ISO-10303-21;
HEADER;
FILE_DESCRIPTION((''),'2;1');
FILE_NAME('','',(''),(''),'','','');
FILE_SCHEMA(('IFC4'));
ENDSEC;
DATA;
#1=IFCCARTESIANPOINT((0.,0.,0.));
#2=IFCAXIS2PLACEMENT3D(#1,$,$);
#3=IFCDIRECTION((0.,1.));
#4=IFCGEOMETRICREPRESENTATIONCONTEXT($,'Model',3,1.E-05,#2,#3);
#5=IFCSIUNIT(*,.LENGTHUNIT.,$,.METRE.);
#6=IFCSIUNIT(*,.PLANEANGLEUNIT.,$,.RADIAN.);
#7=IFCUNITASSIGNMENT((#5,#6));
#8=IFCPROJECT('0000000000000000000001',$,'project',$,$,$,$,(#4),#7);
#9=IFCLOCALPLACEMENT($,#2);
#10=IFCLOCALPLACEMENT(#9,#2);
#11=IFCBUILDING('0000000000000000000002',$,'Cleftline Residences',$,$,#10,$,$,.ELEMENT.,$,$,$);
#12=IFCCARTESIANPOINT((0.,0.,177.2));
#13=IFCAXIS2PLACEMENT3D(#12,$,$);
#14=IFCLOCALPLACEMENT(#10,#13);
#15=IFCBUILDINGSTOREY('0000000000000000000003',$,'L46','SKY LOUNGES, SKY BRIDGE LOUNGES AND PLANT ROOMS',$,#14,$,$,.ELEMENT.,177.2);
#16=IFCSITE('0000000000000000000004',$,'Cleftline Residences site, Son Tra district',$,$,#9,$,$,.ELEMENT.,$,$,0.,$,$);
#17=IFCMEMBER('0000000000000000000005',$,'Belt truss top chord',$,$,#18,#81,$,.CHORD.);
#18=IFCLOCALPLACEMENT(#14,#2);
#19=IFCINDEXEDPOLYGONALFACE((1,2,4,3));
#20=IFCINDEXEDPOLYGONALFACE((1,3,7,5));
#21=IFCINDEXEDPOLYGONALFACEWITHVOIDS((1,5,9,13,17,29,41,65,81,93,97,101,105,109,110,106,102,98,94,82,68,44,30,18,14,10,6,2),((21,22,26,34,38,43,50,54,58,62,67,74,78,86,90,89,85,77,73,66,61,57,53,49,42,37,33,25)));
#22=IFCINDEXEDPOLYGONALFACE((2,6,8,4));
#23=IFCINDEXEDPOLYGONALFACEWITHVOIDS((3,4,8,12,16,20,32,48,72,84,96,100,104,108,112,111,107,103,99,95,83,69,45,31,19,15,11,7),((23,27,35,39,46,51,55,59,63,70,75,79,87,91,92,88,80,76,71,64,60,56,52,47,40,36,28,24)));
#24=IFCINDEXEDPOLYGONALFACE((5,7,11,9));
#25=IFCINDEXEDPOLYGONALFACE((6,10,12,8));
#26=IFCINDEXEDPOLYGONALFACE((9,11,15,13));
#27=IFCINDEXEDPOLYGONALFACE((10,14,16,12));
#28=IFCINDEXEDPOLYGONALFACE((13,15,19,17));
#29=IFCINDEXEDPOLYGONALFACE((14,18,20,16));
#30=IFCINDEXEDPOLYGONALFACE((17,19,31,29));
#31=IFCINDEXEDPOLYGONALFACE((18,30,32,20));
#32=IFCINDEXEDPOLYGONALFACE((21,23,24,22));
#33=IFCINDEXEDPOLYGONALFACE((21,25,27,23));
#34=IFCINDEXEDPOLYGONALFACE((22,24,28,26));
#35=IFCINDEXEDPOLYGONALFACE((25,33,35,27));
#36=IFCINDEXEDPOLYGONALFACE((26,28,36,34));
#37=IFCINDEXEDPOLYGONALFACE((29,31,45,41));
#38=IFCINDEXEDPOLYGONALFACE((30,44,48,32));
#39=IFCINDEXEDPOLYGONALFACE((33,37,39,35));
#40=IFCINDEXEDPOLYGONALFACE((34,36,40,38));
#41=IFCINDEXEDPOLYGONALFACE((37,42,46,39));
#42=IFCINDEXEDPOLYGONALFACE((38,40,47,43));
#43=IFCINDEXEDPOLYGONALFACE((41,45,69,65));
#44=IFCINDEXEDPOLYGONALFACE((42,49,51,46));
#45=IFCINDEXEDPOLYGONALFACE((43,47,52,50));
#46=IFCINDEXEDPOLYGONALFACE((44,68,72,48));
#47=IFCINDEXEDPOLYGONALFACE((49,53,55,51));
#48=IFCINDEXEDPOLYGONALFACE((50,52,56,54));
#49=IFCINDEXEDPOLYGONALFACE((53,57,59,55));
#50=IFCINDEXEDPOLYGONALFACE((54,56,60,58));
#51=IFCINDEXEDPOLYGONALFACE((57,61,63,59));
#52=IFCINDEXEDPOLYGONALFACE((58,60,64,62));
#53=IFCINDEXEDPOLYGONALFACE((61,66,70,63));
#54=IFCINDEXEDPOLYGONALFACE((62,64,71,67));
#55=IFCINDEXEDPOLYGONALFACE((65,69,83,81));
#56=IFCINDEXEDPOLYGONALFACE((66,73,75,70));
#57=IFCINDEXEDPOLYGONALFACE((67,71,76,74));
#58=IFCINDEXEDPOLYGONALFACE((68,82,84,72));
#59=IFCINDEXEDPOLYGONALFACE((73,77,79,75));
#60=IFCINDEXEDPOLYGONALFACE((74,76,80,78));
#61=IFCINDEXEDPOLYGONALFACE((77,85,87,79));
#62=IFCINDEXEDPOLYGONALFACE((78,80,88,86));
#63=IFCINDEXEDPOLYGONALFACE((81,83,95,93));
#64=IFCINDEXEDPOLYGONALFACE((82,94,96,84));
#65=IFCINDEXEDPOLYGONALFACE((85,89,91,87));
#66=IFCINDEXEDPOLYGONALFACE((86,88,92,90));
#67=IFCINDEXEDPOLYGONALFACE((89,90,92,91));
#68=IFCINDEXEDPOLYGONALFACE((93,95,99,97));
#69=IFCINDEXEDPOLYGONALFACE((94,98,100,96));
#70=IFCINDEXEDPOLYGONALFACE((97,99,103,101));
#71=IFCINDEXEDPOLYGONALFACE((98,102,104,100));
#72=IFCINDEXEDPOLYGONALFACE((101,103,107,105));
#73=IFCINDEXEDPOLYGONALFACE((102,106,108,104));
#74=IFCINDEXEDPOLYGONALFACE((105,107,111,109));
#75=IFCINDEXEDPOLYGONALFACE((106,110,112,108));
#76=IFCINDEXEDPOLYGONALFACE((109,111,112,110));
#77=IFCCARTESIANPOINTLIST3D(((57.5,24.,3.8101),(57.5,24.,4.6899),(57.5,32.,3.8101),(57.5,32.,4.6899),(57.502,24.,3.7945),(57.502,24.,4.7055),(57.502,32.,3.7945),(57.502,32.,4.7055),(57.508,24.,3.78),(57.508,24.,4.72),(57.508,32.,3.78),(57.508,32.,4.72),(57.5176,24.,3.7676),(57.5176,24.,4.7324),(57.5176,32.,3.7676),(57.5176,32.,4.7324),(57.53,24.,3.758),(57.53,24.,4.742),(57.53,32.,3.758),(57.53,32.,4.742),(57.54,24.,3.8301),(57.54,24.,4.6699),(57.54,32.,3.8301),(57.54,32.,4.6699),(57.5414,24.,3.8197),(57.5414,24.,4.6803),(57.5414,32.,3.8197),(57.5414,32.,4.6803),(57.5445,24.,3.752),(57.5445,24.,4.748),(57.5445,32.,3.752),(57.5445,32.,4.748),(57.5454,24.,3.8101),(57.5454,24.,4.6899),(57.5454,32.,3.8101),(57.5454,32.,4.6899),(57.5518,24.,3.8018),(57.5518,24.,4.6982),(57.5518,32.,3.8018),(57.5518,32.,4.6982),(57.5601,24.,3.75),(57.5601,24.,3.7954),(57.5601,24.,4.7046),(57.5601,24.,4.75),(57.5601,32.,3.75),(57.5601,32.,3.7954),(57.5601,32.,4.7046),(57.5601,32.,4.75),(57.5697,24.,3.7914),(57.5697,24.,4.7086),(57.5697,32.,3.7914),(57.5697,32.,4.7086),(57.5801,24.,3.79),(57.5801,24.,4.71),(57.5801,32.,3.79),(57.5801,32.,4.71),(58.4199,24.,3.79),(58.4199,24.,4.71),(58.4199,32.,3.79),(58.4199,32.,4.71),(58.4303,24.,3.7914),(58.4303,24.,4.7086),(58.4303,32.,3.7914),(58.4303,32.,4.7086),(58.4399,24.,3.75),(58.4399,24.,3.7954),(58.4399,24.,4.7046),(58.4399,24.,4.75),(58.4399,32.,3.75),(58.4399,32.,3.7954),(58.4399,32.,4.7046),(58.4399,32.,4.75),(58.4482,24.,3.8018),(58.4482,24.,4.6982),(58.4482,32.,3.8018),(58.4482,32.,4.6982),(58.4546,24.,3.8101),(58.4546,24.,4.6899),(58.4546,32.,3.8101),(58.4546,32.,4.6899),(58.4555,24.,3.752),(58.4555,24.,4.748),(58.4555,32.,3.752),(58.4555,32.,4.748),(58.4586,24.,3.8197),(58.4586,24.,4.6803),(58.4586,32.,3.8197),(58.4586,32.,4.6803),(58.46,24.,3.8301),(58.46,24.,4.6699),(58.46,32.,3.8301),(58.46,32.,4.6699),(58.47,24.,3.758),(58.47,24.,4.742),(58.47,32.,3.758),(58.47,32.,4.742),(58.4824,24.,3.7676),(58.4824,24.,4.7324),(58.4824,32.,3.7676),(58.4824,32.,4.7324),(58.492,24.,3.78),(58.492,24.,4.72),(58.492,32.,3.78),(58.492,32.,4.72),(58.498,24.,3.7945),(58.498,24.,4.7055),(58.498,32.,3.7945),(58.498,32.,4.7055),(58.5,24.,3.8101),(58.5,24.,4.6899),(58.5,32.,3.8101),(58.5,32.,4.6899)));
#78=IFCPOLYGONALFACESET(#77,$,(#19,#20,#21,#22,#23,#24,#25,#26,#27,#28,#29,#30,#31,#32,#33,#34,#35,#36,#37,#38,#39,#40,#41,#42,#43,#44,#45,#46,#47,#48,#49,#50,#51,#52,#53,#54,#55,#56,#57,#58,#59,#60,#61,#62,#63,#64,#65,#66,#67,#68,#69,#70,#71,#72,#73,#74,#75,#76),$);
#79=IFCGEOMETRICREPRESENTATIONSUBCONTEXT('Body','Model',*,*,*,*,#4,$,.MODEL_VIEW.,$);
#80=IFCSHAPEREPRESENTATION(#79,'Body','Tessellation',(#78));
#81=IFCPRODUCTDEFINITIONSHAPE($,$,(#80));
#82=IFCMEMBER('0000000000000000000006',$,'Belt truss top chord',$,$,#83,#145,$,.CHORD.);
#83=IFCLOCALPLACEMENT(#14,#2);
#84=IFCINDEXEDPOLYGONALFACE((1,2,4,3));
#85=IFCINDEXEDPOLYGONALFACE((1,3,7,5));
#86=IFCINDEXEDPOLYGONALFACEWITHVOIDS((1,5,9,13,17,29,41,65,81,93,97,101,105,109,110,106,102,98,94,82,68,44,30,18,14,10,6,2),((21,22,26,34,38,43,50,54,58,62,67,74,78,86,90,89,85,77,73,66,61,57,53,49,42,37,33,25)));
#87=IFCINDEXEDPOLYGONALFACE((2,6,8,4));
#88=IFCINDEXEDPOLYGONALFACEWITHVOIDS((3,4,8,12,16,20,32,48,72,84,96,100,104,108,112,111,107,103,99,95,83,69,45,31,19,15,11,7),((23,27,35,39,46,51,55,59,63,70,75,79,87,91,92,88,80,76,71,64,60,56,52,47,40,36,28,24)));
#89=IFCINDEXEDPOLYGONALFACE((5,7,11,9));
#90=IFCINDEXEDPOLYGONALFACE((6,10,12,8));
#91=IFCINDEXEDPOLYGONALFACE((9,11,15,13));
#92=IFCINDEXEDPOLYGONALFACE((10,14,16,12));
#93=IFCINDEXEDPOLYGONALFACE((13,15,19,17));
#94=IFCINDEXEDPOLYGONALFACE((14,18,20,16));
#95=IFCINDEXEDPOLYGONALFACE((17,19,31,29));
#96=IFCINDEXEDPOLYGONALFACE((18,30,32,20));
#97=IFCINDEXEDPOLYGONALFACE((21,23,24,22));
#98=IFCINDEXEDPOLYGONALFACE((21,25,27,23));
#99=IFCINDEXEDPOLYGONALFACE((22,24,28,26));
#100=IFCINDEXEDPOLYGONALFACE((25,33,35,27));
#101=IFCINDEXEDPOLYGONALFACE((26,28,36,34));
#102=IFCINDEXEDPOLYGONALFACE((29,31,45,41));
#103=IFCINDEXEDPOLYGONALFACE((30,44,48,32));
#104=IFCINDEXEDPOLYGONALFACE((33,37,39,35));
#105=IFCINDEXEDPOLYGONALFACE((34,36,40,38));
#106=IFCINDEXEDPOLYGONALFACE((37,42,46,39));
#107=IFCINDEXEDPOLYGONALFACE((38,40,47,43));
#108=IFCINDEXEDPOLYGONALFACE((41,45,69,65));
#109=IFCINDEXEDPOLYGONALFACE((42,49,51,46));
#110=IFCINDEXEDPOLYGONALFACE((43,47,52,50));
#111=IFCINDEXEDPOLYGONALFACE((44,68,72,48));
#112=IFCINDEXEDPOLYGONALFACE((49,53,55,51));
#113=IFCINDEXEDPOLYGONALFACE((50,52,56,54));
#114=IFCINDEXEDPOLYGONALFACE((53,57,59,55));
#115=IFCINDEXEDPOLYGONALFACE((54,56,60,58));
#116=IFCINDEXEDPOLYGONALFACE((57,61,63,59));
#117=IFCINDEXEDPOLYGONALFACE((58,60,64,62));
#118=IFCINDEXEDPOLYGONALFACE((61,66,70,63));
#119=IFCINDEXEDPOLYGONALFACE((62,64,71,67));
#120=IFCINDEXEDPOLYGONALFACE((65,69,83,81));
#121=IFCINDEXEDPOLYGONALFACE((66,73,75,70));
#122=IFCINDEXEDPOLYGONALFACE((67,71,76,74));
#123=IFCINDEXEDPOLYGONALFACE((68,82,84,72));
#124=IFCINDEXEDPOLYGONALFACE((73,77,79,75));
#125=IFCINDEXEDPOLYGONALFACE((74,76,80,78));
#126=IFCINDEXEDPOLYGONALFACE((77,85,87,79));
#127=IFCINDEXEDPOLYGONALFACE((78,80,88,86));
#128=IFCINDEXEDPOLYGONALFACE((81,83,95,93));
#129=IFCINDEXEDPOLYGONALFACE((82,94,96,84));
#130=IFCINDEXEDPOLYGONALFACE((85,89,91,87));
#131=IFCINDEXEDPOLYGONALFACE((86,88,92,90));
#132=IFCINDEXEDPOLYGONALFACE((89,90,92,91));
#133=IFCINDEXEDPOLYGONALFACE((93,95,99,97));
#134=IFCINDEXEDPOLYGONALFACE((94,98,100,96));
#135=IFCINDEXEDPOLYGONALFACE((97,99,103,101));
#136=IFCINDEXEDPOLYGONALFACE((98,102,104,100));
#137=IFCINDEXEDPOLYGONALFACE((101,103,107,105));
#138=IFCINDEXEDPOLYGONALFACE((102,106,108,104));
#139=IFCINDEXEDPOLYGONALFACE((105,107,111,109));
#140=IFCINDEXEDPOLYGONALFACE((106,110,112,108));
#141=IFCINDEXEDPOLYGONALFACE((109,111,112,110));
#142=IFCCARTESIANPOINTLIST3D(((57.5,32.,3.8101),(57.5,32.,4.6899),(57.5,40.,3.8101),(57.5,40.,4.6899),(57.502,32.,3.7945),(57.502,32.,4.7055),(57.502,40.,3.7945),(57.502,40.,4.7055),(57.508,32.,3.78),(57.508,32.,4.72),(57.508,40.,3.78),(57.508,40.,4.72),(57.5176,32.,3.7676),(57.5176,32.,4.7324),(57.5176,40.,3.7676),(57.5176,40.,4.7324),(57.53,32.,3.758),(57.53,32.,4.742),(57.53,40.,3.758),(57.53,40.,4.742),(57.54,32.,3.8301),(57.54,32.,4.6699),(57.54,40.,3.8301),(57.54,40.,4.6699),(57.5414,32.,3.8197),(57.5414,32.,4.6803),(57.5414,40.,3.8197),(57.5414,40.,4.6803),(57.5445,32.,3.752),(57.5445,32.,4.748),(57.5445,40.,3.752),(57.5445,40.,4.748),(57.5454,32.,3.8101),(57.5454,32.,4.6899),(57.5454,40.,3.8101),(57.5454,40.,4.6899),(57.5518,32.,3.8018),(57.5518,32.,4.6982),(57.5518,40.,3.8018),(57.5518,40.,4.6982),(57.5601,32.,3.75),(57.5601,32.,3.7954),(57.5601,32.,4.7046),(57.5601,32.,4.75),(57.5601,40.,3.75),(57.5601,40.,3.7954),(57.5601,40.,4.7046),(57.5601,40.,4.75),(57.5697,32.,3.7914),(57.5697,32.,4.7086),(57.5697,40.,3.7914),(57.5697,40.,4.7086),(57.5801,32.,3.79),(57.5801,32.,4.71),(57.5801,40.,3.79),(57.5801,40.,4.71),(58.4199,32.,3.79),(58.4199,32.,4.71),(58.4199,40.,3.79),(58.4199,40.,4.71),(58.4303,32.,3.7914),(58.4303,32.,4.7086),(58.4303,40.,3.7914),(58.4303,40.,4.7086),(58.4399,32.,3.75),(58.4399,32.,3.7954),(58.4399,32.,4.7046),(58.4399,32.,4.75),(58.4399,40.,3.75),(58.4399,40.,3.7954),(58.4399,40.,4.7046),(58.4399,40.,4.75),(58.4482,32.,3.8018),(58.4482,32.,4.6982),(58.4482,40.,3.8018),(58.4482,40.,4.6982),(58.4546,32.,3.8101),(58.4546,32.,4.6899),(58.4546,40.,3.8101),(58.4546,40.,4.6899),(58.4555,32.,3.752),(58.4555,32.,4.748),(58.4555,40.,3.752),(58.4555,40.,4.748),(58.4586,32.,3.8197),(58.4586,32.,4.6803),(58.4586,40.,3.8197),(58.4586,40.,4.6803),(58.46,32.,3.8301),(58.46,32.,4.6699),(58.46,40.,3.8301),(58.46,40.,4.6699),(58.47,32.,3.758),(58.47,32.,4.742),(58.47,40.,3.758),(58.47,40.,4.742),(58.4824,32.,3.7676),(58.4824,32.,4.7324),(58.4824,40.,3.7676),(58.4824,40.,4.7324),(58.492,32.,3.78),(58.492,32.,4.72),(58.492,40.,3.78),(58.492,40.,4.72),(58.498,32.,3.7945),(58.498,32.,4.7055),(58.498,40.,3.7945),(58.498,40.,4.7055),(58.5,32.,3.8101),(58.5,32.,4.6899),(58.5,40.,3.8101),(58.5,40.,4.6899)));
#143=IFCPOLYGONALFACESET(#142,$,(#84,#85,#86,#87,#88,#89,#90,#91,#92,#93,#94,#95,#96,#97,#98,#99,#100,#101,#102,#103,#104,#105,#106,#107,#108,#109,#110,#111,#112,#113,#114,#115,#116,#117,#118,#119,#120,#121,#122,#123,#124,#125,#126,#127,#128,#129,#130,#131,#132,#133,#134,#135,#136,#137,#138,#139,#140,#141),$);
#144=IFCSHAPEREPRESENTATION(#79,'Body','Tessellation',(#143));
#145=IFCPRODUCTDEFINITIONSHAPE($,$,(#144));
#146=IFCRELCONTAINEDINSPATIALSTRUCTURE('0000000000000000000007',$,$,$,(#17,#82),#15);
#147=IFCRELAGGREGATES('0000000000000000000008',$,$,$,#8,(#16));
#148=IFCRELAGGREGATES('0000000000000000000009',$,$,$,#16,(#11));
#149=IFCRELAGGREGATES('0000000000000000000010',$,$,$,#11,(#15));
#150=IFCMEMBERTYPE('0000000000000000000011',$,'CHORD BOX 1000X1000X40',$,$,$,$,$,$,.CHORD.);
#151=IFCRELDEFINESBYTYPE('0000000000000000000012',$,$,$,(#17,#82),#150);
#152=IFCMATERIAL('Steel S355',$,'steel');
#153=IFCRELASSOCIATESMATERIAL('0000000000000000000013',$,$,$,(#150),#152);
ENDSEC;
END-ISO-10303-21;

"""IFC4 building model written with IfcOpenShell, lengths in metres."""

from ifc_helpers import new_model, si_unit, direction, frame, origin, origin_2d, place, context, subcontext, project, spatial, hollow_rectangle, extrude, material, material_profile, profile_set, type_object, element, save


model = new_model("IFC4")

# Units and contexts
model_context = context("Model", 3, precision=1e-05, world=origin(), true_north=direction((0.0, 1.0)))
body_context = subcontext(model_context, "Body", "Model", "MODEL_VIEW")
ifc_project = project(units=[si_unit("LENGTHUNIT", "METRE"), si_unit("PLANEANGLEUNIT", "RADIAN")], contexts=[model_context])

# Site, building, storey
site_placement = place(None, origin())
site = spatial("IfcSite", under=ifc_project, at=site_placement, Name="Cleftline Residences site, Son Tra district", CompositionType="ELEMENT", RefElevation=0.0)
building_placement = place(site_placement, origin())
building = spatial("IfcBuilding", under=site, at=building_placement, Name="Cleftline Residences", CompositionType="ELEMENT")
storey_placement = place(building_placement, frame((0.0, 0.0, 177.2)))
storey = spatial("IfcBuildingStorey", under=building, at=storey_placement, Name="L46", Description="SKY LOUNGES, SKY BRIDGE LOUNGES AND PLANT ROOMS", CompositionType="ELEMENT", Elevation=177.2)

# Members
ifc_material_1 = material(Name="Steel S355", Category="steel")
ifc_material_profile_1 = material_profile(ifc_material_1, hollow_rectangle(XDim=1.0, YDim=1.0, WallThickness=0.04, InnerFilletRadius=0.04, OuterFilletRadius=0.0601, at=origin_2d()))
ifc_profile_set_1 = profile_set([ifc_material_profile_1], Name="Steel S355")
member_type_1 = type_object("IfcMemberType", Name="CHORD BOX 1000X1000X40", PredefinedType="CHORD", material=ifc_profile_set_1)
for number, where, z_axis, x_axis, name in (
    (1, (58.0, 24.0, 4.25), (0.0, 1.0, 0.0), (-1.0, 0.0, 0.0), "Belt truss top chord"),
    (2, (58.0, 32.0, 4.25), (0.0, 1.0, 0.0), (-1.0, 0.0, 0.0), "Belt truss top chord"),
):
    element("IfcMember", number, at=place(storey_placement, frame(where, z_axis=z_axis, x_axis=x_axis)), inside=storey, type_object=member_type_1, Name=name, PredefinedType="CHORD", context=body_context, shape_type="SweptSolid", body=[
        extrude(hollow_rectangle(XDim=1.0, YDim=1.0, WallThickness=0.04, InnerFilletRadius=0.04, OuterFilletRadius=0.0601, at=origin_2d()), origin(), (0.0, 0.0, 1.0), 8.0),
    ])

save(model, "model.ifc")
